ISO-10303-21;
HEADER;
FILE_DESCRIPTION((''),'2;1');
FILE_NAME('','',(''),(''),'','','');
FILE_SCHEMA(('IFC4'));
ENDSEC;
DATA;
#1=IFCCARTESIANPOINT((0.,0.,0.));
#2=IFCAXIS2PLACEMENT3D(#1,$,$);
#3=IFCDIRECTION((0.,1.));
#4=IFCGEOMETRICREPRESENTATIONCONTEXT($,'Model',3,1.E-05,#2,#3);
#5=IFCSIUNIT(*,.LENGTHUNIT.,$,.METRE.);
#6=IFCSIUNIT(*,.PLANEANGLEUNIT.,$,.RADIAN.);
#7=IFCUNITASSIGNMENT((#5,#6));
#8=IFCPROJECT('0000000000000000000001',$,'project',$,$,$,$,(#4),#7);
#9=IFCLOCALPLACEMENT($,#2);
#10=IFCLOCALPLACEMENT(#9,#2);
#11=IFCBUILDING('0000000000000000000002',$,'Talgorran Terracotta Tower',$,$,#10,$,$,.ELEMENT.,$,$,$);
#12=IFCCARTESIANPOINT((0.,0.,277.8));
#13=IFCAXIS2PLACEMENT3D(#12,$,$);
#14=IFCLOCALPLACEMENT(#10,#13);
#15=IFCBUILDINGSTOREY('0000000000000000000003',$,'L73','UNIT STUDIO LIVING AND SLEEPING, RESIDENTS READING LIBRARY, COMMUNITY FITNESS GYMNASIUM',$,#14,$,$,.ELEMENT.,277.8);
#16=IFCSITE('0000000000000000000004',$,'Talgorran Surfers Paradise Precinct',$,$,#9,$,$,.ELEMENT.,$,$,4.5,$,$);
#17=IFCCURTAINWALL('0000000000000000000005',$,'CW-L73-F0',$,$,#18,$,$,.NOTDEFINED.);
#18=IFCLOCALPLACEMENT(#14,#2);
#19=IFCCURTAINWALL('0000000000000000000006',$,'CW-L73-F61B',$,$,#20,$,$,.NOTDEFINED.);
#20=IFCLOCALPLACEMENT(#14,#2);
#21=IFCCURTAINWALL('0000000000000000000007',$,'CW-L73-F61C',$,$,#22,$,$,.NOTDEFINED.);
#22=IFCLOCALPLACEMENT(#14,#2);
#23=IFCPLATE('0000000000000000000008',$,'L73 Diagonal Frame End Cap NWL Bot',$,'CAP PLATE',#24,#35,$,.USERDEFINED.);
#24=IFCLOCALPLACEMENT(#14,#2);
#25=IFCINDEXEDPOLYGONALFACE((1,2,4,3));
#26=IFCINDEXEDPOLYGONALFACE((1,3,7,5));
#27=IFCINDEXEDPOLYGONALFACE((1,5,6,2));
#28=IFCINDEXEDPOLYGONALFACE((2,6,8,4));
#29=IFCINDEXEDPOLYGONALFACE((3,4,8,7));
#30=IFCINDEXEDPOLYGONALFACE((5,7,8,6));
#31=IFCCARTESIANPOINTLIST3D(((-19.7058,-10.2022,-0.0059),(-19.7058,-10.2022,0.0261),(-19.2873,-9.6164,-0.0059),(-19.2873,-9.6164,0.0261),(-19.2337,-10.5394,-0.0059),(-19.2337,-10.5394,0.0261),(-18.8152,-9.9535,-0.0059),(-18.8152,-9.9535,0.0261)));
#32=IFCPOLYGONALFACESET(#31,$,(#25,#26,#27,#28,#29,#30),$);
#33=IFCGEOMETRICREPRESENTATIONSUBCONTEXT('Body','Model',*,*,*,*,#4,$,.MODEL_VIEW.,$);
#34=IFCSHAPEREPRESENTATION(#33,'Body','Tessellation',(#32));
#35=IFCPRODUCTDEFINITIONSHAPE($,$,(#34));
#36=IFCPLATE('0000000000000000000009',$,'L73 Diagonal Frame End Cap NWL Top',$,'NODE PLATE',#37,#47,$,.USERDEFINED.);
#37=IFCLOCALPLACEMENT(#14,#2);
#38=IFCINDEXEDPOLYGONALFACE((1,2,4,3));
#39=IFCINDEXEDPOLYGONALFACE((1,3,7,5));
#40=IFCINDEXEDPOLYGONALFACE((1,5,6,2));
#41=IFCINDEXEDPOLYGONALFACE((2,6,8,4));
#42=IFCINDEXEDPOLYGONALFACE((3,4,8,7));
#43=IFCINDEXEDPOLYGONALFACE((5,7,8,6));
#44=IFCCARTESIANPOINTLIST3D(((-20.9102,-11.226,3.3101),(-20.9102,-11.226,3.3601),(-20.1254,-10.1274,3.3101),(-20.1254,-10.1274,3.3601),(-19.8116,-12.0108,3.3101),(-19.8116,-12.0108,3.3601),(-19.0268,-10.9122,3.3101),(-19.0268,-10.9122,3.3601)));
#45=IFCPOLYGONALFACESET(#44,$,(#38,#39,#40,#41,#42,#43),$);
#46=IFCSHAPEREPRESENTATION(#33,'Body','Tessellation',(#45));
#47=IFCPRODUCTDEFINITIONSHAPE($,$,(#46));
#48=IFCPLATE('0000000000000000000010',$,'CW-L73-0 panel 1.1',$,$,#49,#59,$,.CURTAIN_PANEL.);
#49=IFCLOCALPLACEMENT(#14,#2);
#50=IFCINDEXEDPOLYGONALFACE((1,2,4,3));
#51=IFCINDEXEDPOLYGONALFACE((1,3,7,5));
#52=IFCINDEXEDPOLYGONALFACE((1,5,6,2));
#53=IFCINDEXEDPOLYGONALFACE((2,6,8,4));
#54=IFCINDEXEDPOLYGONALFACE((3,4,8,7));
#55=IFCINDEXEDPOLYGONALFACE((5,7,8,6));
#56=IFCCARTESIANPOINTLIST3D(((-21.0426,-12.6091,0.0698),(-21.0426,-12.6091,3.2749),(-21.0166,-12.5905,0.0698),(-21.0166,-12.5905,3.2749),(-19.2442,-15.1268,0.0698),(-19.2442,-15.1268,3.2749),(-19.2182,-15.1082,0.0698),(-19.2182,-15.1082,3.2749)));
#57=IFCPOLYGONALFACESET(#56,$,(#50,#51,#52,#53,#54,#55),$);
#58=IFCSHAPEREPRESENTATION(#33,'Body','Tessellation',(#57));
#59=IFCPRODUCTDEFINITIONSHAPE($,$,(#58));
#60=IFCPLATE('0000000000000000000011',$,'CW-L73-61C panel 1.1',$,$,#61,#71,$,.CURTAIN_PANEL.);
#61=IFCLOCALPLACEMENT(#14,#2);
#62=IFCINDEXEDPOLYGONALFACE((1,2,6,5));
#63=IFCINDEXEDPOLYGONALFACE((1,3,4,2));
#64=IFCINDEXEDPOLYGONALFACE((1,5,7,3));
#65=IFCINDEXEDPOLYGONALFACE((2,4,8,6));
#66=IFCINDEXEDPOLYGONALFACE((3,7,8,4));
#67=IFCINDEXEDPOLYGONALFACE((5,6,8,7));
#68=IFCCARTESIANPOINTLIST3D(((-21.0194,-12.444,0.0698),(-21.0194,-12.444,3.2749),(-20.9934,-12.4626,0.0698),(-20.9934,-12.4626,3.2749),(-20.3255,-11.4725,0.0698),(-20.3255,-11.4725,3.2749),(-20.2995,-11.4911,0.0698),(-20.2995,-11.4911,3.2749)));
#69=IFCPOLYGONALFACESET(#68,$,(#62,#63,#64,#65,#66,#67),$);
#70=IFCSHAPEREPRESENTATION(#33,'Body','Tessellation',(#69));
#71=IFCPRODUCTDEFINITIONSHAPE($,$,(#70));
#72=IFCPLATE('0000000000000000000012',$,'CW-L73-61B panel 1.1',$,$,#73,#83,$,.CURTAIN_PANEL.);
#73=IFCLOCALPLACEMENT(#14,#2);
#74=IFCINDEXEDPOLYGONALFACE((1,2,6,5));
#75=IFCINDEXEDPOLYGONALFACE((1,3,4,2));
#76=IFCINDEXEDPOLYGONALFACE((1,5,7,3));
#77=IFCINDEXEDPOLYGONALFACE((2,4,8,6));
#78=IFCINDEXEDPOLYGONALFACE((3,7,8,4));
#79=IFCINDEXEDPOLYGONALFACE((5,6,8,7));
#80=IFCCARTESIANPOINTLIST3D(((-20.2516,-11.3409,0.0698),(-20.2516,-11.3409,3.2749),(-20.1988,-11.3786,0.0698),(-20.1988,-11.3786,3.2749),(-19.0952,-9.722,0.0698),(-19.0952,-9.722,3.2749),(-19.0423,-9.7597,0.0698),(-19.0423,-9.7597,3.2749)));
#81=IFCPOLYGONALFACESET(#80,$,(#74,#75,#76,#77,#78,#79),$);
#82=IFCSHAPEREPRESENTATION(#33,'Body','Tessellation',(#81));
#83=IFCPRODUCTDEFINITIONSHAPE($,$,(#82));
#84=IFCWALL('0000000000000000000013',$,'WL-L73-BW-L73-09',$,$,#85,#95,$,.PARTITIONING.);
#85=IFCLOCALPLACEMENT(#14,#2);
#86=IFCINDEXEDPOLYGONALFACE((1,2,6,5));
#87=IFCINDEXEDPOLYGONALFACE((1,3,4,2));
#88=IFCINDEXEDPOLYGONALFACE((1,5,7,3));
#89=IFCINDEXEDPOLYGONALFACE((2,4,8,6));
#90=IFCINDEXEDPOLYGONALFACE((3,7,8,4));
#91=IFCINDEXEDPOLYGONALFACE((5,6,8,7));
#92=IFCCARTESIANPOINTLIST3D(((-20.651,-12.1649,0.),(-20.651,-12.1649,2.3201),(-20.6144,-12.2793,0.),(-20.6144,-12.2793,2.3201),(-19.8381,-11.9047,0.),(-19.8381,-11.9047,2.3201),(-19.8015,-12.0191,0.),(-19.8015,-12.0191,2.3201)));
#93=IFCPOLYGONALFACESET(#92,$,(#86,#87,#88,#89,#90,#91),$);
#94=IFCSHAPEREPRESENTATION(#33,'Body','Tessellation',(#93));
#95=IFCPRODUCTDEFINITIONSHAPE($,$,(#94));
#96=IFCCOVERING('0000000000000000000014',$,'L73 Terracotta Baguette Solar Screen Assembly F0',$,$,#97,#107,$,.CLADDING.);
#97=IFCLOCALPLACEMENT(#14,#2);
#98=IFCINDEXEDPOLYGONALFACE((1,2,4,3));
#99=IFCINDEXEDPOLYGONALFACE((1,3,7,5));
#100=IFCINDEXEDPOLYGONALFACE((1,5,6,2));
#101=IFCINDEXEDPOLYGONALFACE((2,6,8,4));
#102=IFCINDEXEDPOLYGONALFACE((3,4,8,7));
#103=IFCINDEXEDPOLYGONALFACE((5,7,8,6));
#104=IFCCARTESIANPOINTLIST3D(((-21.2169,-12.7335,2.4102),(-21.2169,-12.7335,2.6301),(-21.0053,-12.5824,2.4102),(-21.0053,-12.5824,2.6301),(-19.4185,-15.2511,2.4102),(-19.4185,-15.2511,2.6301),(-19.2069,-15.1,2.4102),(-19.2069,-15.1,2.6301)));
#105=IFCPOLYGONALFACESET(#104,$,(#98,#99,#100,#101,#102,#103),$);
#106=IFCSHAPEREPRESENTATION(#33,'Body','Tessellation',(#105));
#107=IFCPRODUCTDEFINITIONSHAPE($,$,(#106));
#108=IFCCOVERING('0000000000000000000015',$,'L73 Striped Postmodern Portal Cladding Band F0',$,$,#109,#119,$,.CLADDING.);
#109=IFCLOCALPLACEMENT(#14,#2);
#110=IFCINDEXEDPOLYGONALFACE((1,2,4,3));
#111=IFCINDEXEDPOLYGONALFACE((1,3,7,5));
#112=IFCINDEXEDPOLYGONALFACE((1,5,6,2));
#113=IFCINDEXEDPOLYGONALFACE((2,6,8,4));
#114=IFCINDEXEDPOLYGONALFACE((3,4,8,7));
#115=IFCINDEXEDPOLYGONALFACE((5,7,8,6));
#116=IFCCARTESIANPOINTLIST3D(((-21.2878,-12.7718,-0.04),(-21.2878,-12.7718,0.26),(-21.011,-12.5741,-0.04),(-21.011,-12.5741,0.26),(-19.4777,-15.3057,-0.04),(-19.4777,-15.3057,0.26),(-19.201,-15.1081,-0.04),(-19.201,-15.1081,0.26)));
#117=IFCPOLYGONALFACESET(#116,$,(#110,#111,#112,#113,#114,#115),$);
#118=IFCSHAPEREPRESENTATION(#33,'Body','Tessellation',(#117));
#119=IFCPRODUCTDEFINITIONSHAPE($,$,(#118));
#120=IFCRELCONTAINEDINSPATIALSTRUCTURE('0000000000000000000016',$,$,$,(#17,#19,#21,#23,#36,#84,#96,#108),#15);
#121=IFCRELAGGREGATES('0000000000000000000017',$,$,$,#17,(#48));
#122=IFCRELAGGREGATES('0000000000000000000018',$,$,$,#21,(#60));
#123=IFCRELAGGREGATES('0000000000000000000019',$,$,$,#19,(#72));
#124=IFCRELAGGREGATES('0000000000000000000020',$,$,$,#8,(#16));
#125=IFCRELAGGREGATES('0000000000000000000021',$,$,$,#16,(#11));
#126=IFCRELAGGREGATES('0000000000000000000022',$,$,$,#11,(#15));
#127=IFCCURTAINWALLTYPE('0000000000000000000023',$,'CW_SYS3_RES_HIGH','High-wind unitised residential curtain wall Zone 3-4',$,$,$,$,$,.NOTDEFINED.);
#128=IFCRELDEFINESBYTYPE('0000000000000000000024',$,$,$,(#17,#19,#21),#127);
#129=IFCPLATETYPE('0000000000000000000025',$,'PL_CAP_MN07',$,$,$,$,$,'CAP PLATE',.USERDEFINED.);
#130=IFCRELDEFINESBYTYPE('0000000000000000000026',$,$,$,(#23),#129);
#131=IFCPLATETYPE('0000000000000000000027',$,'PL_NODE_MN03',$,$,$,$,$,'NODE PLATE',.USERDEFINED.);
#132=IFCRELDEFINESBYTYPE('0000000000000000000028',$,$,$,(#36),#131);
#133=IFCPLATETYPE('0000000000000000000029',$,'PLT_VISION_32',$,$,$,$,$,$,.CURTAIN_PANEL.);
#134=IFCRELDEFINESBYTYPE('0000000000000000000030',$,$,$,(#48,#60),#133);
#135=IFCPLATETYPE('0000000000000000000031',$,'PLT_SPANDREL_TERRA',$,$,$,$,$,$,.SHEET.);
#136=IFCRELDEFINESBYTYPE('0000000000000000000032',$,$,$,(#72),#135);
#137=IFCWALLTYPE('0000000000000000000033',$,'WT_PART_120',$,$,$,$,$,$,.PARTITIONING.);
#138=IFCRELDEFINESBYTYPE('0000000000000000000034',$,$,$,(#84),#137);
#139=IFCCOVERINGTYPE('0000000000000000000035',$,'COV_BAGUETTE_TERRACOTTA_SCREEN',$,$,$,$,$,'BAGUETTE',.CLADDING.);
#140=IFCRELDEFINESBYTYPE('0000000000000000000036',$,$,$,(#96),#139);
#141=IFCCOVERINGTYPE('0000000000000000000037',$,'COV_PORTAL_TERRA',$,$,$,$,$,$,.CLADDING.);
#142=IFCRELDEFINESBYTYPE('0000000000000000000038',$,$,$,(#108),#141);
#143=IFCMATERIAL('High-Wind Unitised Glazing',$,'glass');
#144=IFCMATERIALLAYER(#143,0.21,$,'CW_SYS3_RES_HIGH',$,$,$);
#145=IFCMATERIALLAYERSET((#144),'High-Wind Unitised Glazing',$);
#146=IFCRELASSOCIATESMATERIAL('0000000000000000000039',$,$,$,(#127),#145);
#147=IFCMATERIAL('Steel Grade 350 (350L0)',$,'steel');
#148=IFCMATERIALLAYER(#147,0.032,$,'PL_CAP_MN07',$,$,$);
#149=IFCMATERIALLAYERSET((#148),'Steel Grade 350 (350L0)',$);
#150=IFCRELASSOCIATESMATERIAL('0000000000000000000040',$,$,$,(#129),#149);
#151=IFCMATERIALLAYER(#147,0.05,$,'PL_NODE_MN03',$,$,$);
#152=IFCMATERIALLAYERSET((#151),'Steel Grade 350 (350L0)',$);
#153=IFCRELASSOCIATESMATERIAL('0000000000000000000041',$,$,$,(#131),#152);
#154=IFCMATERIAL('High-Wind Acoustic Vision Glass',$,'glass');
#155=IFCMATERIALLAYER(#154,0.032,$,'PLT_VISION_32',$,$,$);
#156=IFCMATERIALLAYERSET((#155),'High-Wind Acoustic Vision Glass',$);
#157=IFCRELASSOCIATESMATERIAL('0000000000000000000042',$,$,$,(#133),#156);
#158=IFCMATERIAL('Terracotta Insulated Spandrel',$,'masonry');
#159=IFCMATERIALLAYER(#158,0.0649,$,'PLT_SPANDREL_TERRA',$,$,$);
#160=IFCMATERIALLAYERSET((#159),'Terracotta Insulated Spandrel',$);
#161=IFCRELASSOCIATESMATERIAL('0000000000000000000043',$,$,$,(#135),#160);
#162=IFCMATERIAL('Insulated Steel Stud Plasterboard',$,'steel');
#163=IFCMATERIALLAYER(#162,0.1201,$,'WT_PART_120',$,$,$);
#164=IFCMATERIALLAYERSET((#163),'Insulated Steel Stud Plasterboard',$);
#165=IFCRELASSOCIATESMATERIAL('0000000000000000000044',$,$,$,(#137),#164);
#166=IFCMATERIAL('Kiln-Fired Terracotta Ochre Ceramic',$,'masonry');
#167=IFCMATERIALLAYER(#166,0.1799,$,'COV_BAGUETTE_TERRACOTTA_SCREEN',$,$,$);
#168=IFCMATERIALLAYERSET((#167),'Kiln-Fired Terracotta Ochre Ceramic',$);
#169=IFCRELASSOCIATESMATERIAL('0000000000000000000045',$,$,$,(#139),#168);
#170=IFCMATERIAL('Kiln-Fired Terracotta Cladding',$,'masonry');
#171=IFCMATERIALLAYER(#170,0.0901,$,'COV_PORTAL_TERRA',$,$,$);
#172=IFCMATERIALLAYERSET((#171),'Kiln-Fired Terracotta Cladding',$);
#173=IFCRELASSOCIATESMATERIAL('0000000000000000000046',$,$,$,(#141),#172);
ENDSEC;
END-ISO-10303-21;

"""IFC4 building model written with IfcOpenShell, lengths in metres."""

from ifc_helpers import new_model, si_unit, direction, frame, frame_2d, origin, origin_2d, place, context, subcontext, project, spatial, rectangle, extrude, source, transform, mapped, material, layer, layer_set, type_object, type_shapes, element, aggregate, save


model = new_model("IFC4")

# Units and contexts
model_context = context("Model", 3, precision=1e-05, world=origin(), true_north=direction((0.0, 1.0)))
body_context = subcontext(model_context, "Body", "Model", "MODEL_VIEW")
ifc_project = project(units=[si_unit("LENGTHUNIT", "METRE"), si_unit("PLANEANGLEUNIT", "RADIAN")], contexts=[model_context])

# Site, building, storey
site_placement = place(None, origin())
site = spatial("IfcSite", under=ifc_project, at=site_placement, Name="Talgorran Surfers Paradise Precinct", CompositionType="ELEMENT", RefElevation=4.5)
building_placement = place(site_placement, origin())
building = spatial("IfcBuilding", under=site, at=building_placement, Name="Talgorran Terracotta Tower", CompositionType="ELEMENT")
storey_placement = place(building_placement, frame((0.0, 0.0, 277.8)))
storey = spatial("IfcBuildingStorey", under=building, at=storey_placement, Name="L73", Description="UNIT STUDIO LIVING AND SLEEPING, RESIDENTS READING LIBRARY, COMMUNITY FITNESS GYMNASIUM", CompositionType="ELEMENT", Elevation=277.8)

# Shared definitions
ifc_material_1 = material(Name="Steel Grade 350 (350L0)", Category="steel")

# Curtain wall
ifc_material_2 = material(Name="High-Wind Unitised Glazing", Category="glass")
ifc_layer_1 = layer(ifc_material_2, 0.21, Name="CW_SYS3_RES_HIGH")
ifc_layer_set_1 = layer_set([ifc_layer_1], Name="High-Wind Unitised Glazing")
curtain_wall_type = type_object("IfcCurtainWallType", Name="CW_SYS3_RES_HIGH", Description="High-wind unitised residential curtain wall Zone 3-4", PredefinedType="NOTDEFINED", material=ifc_layer_set_1)
curtain_wall_1_placement = place(storey_placement, origin())
curtain_wall_1 = element("IfcCurtainWall", 1, at=curtain_wall_1_placement, inside=storey, type_object=curtain_wall_type, Name="CW-L73-F0", PredefinedType="NOTDEFINED")

# Curtain wall
curtain_wall_2_placement = place(storey_placement, origin())
curtain_wall_2 = element("IfcCurtainWall", 2, at=curtain_wall_2_placement, inside=storey, type_object=curtain_wall_type, Name="CW-L73-F61B", PredefinedType="NOTDEFINED")

# Curtain wall
curtain_wall_3_placement = place(storey_placement, origin())
curtain_wall_3 = element("IfcCurtainWall", 3, at=curtain_wall_3_placement, inside=storey, type_object=curtain_wall_type, Name="CW-L73-F61C", PredefinedType="NOTDEFINED")

# Plates
ifc_layer_2 = layer(ifc_material_1, 0.032, Name="PL_CAP_MN07")
ifc_layer_set_2 = layer_set([ifc_layer_2], Name="Steel Grade 350 (350L0)")
plate_type_1 = type_object("IfcPlateType", Name="PL_CAP_MN07", ElementType="CAP PLATE", PredefinedType="USERDEFINED", material=ifc_layer_set_2)
plate_1_placement = place(storey_placement, frame((-19.2605, -10.0779, -0.0059), z_axis=(0.0, 0.0, 1.0), x_axis=(-0.581271, -0.81371, 0.0)))
element("IfcPlate", 4, at=plate_1_placement, inside=storey, type_object=plate_type_1, Name="L73 Diagonal Frame End Cap NWL Bot", ObjectType="CAP PLATE", PredefinedType="USERDEFINED", context=body_context, shape_type="SweptSolid", body=[
    extrude(rectangle(XDim=0.72, YDim=0.5801, at=origin_2d()), origin(), (0.0, 0.0, 1.0), 0.032),
])
ifc_layer_3 = layer(ifc_material_1, 0.05, Name="PL_NODE_MN03")
ifc_layer_set_3 = layer_set([ifc_layer_3], Name="Steel Grade 350 (350L0)")
plate_type_2 = type_object("IfcPlateType", Name="PL_NODE_MN03", ElementType="NODE PLATE", PredefinedType="USERDEFINED", material=ifc_layer_set_3)
plate_2_placement = place(storey_placement, frame((-19.9685, -11.0691, 3.3101), z_axis=(0.0, 0.0, 1.0), x_axis=(-0.581271, -0.81371, 0.0)))
element("IfcPlate", 5, at=plate_2_placement, inside=storey, type_object=plate_type_2, Name="L73 Diagonal Frame End Cap NWL Top", ObjectType="NODE PLATE", PredefinedType="USERDEFINED", context=body_context, shape_type="SweptSolid", body=[
    extrude(rectangle(XDim=1.3501, YDim=1.3501, at=origin_2d()), origin(), (0.0, 0.0, 1.0), 0.05),
])

# Plates
ifc_material_3 = material(Name="High-Wind Acoustic Vision Glass", Category="glass")
ifc_layer_4 = layer(ifc_material_3, 0.032, Name="PLT_VISION_32")
ifc_layer_set_4 = layer_set([ifc_layer_4], Name="High-Wind Acoustic Vision Glass")
plate_type_3 = type_object("IfcPlateType", Name="PLT_VISION_32", PredefinedType="CURTAIN_PANEL", material=ifc_layer_set_4)
shared_shape_1 = source(origin(), body_context, "Body", "SweptSolid", [
    extrude(rectangle(XDim=3.094, YDim=0.032, at=origin_2d()), origin(), (0.0, 0.0, 1.0), 3.2051),
])
plate_3_placement = place(storey_placement, frame((-20.1304, -13.8586, 0.0698), z_axis=(0.0, 0.0, 1.0), x_axis=(0.581256, -0.813721, 0.0)))
plate_3 = element("IfcPlate", 6, at=plate_3_placement, type_object=plate_type_3, Name="CW-L73-0 panel 1.1", PredefinedType="CURTAIN_PANEL", context=body_context, shape_type="MappedRepresentation", body=[
    mapped(shared_shape_1, transform((0.0, 0.0, 0.0), scale=1.0)),
])
aggregate(curtain_wall_1, [plate_3])
shared_shape_2 = source(origin(), body_context, "Body", "SweptSolid", [
    extrude(rectangle(XDim=1.1938, YDim=0.032, at=origin_2d()), origin(), (0.0, 0.0, 1.0), 3.2051),
])
type_shapes(plate_type_3, [shared_shape_1, shared_shape_2])
plate_4_placement = place(storey_placement, frame((-20.6594, -11.9675, 0.0698), z_axis=(0.0, 0.0, 1.0), x_axis=(-0.581245, -0.813728, 0.0)))
plate_4 = element("IfcPlate", 7, at=plate_4_placement, type_object=plate_type_3, Name="CW-L73-61C panel 1.1", PredefinedType="CURTAIN_PANEL", context=body_context, shape_type="MappedRepresentation", body=[
    mapped(shared_shape_2, transform((0.0, 0.0, 0.0), scale=1.0)),
])
aggregate(curtain_wall_3, [plate_4])
ifc_material_4 = material(Name="Terracotta Insulated Spandrel", Category="masonry")
ifc_layer_5 = layer(ifc_material_4, 0.0649, Name="PLT_SPANDREL_TERRA")
ifc_layer_set_5 = layer_set([ifc_layer_5], Name="Terracotta Insulated Spandrel")
plate_type_4 = type_object("IfcPlateType", Name="PLT_SPANDREL_TERRA", PredefinedType="SHEET", material=ifc_layer_set_5)
shared_shape_3 = source(origin(), body_context, "Body", "SweptSolid", [
    extrude(rectangle(XDim=1.9895, YDim=0.0649, at=origin_2d()), origin(), (0.0, 0.0, 1.0), 3.2051),
])
type_shapes(plate_type_4, [shared_shape_3])
plate_5_placement = place(storey_placement, frame((-19.647, -10.5503, 0.0698), z_axis=(0.0, 0.0, 1.0), x_axis=(-0.581265, -0.813714, 0.0)))
plate_5 = element("IfcPlate", 8, at=plate_5_placement, type_object=plate_type_4, Name="CW-L73-61B panel 1.1", PredefinedType="CURTAIN_PANEL", context=body_context, shape_type="MappedRepresentation", body=[
    mapped(shared_shape_3, transform((0.0, 0.0, 0.0), scale=1.0)),
])
aggregate(curtain_wall_2, [plate_5])

# Wall
ifc_material_5 = material(Name="Insulated Steel Stud Plasterboard", Category="steel")
ifc_layer_6 = layer(ifc_material_5, 0.1201, Name="WT_PART_120")
ifc_layer_set_6 = layer_set([ifc_layer_6], Name="Insulated Steel Stud Plasterboard")
wall_type = type_object("IfcWallType", Name="WT_PART_120", PredefinedType="PARTITIONING", material=ifc_layer_set_6)
wall_placement = place(storey_placement, frame((-19.8198, -11.9619, 0.0), z_axis=(0.0, 0.0, 1.0), x_axis=(-0.952391, -0.30488, 0.0)))
element("IfcWall", 9, at=wall_placement, inside=storey, type_object=wall_type, Name="WL-L73-BW-L73-09", PredefinedType="PARTITIONING", context=body_context, shape_type="SweptSolid", body=[
    extrude(rectangle(XDim=0.8535, YDim=0.1201, at=frame_2d((0.4268, 0.0))), origin(), (0.0, 0.0, 1.0), 2.3201),
])

# Coverings
ifc_material_6 = material(Name="Kiln-Fired Terracotta Ochre Ceramic", Category="masonry")
ifc_layer_7 = layer(ifc_material_6, 0.1799, Name="COV_BAGUETTE_TERRACOTTA_SCREEN")
ifc_layer_set_7 = layer_set([ifc_layer_7], Name="Kiln-Fired Terracotta Ochre Ceramic")
covering_type_1 = type_object("IfcCoveringType", Name="COV_BAGUETTE_TERRACOTTA_SCREEN", ElementType="BAGUETTE", PredefinedType="CLADDING", material=ifc_layer_set_7)
covering_1_placement = place(storey_placement, frame((-20.2119, -13.9167, 2.4102), z_axis=(0.0, 0.0, 1.0), x_axis=(0.581257, -0.81372, 0.0)))
element("IfcCovering", 10, at=covering_1_placement, inside=storey, type_object=covering_type_1, Name="L73 Terracotta Baguette Solar Screen Assembly F0", PredefinedType="CLADDING", context=body_context, shape_type="SweptSolid", body=[
    extrude(rectangle(XDim=3.094, YDim=0.26, at=origin_2d()), origin(), (0.0, 0.0, 1.0), 0.22),
])
ifc_material_7 = material(Name="Kiln-Fired Terracotta Cladding", Category="masonry")
ifc_layer_8 = layer(ifc_material_7, 0.0901, Name="COV_PORTAL_TERRA")
ifc_layer_set_8 = layer_set([ifc_layer_8], Name="Kiln-Fired Terracotta Cladding")
covering_type_2 = type_object("IfcCoveringType", Name="COV_PORTAL_TERRA", PredefinedType="CLADDING", material=ifc_layer_set_8)
covering_2_placement = place(storey_placement, frame((-20.2444, -13.9399, -0.04), z_axis=(0.0, 0.0, 1.0), x_axis=(0.581257, -0.81372, 0.0)))
element("IfcCovering", 11, at=covering_2_placement, inside=storey, type_object=covering_type_2, Name="L73 Striped Postmodern Portal Cladding Band F0", PredefinedType="CLADDING", context=body_context, shape_type="SweptSolid", body=[
    extrude(rectangle(XDim=3.114, YDim=0.3401, at=origin_2d()), origin(), (0.0, 0.0, 1.0), 0.3),
])

save(model, "model.ifc")
